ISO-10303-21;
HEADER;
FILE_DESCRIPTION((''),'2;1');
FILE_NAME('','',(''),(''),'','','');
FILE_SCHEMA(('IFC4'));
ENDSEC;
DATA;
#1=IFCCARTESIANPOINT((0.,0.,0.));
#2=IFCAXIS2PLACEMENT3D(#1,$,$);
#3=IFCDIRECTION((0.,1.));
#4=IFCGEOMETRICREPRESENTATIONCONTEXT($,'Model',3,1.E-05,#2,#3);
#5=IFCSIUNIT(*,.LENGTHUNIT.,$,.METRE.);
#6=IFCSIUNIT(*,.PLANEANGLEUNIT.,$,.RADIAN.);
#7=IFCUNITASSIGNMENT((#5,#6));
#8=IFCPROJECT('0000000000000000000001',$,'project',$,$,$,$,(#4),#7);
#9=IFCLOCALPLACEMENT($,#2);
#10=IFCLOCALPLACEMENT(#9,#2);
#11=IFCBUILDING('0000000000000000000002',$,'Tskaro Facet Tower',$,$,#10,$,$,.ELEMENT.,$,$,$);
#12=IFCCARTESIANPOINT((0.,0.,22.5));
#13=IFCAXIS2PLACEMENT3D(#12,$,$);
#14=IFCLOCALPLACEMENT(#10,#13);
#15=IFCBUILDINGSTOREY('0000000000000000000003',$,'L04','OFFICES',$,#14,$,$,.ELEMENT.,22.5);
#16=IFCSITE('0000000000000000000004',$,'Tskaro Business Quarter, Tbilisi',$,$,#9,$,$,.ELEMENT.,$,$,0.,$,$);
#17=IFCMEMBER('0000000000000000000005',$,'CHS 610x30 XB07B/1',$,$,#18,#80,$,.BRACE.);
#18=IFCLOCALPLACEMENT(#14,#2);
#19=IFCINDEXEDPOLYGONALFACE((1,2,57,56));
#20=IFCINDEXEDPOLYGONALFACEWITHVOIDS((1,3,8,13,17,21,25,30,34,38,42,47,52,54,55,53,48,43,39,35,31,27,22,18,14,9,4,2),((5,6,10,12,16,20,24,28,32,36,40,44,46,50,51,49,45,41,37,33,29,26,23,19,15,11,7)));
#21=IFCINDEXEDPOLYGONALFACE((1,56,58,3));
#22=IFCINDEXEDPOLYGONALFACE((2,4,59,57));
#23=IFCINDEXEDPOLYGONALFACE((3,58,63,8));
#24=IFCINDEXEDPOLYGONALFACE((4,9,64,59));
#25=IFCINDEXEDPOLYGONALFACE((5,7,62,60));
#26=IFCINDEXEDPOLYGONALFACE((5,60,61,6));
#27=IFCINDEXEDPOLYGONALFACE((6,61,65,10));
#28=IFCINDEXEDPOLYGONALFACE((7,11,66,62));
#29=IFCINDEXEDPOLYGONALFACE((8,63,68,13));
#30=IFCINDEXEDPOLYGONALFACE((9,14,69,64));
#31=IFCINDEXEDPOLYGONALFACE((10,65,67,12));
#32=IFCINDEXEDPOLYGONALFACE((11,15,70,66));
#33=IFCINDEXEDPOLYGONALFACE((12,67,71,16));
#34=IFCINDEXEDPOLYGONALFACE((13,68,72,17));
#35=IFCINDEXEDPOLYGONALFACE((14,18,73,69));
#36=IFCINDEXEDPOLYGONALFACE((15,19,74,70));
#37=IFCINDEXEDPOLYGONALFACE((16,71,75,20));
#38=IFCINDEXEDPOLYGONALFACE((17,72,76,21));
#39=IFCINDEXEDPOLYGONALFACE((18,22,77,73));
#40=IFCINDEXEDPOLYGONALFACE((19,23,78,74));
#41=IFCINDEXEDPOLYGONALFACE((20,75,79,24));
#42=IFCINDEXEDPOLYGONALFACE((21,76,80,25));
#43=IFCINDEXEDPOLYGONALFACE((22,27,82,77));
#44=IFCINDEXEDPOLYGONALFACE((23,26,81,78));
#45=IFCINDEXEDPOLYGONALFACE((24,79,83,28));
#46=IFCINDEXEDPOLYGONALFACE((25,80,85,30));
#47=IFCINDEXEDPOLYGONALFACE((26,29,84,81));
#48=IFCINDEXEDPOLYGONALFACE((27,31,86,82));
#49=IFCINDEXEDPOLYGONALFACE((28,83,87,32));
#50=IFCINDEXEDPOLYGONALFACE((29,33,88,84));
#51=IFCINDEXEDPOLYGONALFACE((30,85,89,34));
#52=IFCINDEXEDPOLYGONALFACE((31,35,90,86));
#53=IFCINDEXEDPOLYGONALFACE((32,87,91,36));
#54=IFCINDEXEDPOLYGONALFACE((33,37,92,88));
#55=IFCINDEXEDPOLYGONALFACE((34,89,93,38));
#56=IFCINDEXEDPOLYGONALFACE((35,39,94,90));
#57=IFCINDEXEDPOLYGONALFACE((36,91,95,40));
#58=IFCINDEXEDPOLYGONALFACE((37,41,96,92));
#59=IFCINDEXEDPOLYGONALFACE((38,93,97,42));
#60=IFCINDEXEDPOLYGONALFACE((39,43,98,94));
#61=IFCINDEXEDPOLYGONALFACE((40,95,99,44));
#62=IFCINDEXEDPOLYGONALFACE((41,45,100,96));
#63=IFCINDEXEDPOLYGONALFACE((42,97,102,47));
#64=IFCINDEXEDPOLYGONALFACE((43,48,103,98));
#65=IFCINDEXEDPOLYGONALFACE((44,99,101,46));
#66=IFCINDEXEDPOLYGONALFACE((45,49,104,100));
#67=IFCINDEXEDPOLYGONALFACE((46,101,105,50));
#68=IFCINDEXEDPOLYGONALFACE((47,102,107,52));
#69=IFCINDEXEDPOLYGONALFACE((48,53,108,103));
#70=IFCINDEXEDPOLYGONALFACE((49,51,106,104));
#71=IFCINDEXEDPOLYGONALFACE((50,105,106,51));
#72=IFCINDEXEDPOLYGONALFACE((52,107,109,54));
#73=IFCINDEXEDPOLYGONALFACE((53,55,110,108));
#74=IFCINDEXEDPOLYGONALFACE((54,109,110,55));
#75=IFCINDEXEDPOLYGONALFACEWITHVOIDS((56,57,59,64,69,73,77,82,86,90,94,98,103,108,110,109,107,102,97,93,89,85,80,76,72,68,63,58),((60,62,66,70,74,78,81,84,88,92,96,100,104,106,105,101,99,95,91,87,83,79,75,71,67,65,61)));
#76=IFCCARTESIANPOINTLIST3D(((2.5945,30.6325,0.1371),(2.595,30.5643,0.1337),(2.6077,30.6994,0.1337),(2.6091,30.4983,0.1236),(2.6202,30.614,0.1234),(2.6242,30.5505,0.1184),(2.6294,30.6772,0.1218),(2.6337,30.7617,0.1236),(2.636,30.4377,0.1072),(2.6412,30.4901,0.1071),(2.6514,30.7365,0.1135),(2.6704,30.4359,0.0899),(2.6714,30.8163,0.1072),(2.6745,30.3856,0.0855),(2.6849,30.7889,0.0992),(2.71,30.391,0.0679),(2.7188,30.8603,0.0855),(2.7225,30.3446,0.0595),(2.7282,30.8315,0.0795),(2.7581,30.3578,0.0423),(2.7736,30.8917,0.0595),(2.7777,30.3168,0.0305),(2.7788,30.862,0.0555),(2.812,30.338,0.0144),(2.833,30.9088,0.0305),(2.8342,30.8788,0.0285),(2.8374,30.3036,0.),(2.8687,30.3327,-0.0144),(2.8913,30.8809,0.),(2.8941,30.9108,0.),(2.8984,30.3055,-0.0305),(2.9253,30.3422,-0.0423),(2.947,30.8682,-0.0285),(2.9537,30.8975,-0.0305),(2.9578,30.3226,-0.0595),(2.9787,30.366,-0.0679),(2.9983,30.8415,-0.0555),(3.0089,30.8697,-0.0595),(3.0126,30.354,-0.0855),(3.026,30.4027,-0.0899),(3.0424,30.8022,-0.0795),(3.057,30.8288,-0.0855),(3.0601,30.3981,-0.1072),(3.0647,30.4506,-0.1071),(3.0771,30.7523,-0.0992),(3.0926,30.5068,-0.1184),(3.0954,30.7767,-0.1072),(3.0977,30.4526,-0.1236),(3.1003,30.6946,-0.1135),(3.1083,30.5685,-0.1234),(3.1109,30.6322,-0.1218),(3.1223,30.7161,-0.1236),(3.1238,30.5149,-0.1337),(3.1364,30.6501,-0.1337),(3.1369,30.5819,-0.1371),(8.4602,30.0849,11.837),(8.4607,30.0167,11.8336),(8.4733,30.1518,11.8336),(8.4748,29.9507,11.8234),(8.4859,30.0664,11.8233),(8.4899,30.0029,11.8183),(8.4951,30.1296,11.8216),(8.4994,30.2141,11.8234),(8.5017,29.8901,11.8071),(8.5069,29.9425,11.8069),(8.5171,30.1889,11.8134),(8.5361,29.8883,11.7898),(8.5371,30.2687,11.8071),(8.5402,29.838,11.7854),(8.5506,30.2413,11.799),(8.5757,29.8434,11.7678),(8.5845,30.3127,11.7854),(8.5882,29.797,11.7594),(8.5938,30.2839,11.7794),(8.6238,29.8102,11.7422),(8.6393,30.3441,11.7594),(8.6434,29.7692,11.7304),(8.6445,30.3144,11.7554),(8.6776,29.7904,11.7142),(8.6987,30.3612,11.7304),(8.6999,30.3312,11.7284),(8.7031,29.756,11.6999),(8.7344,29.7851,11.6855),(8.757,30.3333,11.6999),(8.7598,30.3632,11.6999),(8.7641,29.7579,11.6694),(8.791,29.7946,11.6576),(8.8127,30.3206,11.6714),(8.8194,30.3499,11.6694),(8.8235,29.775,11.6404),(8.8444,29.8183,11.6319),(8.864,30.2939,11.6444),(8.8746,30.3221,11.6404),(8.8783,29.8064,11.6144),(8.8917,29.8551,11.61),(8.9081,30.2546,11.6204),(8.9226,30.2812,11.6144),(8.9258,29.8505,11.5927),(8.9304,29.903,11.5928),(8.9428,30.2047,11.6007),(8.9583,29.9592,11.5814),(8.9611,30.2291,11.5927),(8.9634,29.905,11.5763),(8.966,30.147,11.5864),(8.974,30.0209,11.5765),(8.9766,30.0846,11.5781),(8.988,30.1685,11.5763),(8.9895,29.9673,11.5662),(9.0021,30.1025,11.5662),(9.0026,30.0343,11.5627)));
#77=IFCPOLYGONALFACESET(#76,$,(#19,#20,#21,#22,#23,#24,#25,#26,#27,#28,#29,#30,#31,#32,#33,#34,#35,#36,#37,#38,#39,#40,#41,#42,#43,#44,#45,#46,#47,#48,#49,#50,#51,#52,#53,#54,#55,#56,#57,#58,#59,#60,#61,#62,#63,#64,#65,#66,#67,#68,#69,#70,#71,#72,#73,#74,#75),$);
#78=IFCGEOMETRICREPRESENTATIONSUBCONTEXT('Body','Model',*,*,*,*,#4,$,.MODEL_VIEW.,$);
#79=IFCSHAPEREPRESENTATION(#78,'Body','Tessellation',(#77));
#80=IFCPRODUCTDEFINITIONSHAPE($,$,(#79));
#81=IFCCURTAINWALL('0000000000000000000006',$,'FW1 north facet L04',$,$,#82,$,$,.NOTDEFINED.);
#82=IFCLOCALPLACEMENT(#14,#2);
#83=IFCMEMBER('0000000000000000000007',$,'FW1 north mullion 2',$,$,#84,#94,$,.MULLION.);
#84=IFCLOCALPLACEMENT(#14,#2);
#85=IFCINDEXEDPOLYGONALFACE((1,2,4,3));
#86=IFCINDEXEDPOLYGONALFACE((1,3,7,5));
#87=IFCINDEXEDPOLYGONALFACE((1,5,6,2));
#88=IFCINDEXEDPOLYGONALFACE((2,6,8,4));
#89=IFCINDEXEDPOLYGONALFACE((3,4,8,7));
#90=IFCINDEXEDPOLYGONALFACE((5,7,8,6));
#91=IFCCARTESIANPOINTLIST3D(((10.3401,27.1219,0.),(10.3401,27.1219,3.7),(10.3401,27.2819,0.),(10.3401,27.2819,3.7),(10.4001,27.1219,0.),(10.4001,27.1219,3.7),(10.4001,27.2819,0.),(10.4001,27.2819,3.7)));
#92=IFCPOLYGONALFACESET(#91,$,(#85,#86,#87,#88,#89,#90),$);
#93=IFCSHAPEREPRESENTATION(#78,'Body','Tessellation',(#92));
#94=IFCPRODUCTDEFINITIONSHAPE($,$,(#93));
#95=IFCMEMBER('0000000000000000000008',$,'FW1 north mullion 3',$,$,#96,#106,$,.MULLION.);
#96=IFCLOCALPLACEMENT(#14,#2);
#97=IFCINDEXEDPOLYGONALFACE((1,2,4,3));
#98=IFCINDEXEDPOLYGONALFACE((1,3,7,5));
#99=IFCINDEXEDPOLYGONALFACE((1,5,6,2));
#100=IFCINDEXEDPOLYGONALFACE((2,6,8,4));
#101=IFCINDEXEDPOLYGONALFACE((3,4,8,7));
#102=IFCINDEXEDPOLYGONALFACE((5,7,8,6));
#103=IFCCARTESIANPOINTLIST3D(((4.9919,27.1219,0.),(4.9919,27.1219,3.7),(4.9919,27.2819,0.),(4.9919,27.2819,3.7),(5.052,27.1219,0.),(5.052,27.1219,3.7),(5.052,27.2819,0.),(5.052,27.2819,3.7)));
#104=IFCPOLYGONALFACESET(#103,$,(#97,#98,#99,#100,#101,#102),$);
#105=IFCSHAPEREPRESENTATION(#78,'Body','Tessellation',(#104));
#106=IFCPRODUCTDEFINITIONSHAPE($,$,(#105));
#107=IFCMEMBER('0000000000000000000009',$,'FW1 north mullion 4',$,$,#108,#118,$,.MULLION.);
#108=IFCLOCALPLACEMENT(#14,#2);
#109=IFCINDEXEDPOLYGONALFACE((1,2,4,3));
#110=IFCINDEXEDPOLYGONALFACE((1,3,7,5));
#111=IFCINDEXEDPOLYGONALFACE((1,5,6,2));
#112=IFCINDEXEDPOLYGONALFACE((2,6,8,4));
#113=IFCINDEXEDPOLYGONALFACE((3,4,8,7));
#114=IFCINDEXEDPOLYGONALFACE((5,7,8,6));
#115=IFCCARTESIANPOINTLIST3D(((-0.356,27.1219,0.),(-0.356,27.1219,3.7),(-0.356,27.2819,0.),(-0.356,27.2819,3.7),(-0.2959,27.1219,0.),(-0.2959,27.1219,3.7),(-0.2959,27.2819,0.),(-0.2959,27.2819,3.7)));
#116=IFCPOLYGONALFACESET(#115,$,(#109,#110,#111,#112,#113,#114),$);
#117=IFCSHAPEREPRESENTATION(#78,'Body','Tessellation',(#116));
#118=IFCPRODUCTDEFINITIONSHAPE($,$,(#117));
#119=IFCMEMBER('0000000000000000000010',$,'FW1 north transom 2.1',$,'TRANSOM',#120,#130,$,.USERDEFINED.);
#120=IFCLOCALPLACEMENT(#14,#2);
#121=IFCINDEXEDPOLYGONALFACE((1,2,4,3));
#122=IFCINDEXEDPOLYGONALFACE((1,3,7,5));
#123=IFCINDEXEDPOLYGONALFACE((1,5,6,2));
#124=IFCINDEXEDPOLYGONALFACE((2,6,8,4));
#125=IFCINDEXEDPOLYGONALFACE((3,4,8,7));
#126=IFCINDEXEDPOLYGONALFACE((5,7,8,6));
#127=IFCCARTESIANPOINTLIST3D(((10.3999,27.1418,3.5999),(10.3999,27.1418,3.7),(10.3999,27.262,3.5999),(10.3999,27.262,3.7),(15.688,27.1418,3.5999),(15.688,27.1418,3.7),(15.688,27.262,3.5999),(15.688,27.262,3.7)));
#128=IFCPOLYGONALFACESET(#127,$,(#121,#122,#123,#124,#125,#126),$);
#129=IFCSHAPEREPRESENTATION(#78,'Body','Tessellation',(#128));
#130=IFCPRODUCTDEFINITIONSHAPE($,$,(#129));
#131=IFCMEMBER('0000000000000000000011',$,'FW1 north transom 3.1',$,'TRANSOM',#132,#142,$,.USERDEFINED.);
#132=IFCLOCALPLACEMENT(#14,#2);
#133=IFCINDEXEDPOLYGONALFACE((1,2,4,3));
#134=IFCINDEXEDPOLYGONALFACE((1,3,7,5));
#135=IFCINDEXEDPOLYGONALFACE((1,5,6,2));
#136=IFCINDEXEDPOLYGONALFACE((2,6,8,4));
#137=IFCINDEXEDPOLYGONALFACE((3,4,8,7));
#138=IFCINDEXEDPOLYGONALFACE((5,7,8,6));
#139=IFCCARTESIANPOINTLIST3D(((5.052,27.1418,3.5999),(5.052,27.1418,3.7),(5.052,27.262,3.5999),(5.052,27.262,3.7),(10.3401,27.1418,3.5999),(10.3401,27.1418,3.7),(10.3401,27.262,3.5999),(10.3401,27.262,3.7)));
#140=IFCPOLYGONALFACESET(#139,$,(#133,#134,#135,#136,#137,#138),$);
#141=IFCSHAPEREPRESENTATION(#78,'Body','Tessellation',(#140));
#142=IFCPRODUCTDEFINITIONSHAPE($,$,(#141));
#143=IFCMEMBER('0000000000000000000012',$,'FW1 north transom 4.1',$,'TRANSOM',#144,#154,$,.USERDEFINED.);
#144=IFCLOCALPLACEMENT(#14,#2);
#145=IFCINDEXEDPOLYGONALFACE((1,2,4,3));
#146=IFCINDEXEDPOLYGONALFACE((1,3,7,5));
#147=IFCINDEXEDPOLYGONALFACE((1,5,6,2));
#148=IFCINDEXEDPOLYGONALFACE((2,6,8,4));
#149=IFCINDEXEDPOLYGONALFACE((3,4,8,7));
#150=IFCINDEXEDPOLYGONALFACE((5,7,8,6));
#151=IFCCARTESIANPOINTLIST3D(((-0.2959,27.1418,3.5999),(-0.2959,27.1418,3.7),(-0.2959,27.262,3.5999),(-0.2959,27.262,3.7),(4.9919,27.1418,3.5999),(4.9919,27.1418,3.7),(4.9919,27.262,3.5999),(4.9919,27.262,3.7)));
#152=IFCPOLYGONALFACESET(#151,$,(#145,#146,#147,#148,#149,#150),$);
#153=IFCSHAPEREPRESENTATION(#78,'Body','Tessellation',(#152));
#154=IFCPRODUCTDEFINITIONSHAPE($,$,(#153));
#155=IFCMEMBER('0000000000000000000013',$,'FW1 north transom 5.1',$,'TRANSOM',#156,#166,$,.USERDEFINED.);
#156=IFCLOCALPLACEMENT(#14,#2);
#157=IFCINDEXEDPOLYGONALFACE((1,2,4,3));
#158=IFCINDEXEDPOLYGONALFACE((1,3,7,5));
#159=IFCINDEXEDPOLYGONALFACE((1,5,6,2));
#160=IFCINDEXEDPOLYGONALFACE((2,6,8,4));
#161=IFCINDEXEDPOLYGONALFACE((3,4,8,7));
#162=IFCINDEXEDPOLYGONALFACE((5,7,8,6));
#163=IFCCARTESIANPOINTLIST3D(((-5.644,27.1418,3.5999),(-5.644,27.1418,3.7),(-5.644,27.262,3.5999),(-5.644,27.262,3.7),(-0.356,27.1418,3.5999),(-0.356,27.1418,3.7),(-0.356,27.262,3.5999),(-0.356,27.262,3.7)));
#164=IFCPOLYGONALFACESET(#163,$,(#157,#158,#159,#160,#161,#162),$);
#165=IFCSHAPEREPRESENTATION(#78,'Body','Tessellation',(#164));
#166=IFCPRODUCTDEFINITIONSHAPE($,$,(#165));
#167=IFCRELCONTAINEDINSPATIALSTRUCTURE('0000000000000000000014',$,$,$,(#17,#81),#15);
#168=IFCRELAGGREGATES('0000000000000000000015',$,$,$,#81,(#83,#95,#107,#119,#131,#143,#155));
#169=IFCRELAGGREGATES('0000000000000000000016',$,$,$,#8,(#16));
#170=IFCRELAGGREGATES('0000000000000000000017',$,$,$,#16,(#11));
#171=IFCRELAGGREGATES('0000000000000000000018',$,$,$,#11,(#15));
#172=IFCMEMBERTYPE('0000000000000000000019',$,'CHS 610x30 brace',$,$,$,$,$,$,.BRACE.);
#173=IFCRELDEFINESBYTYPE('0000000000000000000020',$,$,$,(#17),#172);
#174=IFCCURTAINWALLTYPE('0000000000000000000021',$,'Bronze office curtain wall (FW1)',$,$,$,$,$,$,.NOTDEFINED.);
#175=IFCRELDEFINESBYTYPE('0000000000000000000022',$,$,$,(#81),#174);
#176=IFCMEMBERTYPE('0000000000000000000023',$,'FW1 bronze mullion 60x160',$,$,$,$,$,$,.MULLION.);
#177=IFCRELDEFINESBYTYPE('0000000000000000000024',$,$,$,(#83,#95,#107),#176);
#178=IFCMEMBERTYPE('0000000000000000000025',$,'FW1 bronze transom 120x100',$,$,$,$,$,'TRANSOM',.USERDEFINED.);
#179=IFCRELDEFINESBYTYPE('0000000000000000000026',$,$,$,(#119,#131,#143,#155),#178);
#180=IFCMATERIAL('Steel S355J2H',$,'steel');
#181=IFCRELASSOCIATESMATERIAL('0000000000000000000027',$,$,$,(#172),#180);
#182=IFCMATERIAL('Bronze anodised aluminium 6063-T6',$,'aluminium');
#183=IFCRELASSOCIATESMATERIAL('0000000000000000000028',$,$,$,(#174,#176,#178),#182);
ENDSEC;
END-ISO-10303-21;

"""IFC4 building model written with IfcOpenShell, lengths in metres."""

from ifc_helpers import new_model, si_unit, direction, frame, origin, origin_2d, place, context, subcontext, project, spatial, rectangle, hollow_circle, extrude, material, material_profile, profile_set, type_object, element, aggregate, save


model = new_model("IFC4")

# Units and contexts
model_context = context("Model", 3, precision=1e-05, world=origin(), true_north=direction((0.0, 1.0)))
body_context = subcontext(model_context, "Body", "Model", "MODEL_VIEW")
ifc_project = project(units=[si_unit("LENGTHUNIT", "METRE"), si_unit("PLANEANGLEUNIT", "RADIAN")], contexts=[model_context])

# Site, building, storey
site_placement = place(None, origin())
site = spatial("IfcSite", under=ifc_project, at=site_placement, Name="Tskaro Business Quarter, Tbilisi", CompositionType="ELEMENT", RefElevation=0.0)
building_placement = place(site_placement, origin())
building = spatial("IfcBuilding", under=site, at=building_placement, Name="Tskaro Facet Tower", CompositionType="ELEMENT")
storey_placement = place(building_placement, frame((0.0, 0.0, 22.5)))
storey = spatial("IfcBuildingStorey", under=building, at=storey_placement, Name="L04", Description="OFFICES", CompositionType="ELEMENT", Elevation=22.5)

# Shared definitions
ifc_material_1 = material(Name="Steel S355J2H", Category="steel")

# Member
ifc_material_profile_1 = material_profile(ifc_material_1, hollow_circle(Radius=0.3049, WallThickness=0.03, at=origin_2d()), Name="CHS 610x30")
ifc_profile_set_1 = profile_set([ifc_material_profile_1], Name="Steel S355J2H")
member_type_1 = type_object("IfcMemberType", Name="CHS 610x30 brace", PredefinedType="BRACE", material=ifc_profile_set_1)
member_1_placement = place(storey_placement, frame((2.8657, 30.6072, 0.0), z_axis=(0.447784, -0.041804, 0.893164), x_axis=(0.092953, 0.99567, 0.0)))
element("IfcMember", 1, at=member_1_placement, inside=storey, type_object=member_type_1, Name="CHS 610x30 XB07B/1", PredefinedType="BRACE", context=body_context, shape_type="SweptSolid", body=[
    extrude(hollow_circle(Radius=0.3049, WallThickness=0.03, at=origin_2d()), origin(), (0.0, 0.0, 1.0), 13.0994),
])

# Curtain wall, members
ifc_material_2 = material(Name="Bronze anodised aluminium 6063-T6", Category="aluminium")
curtain_wall_type = type_object("IfcCurtainWallType", Name="Bronze office curtain wall (FW1)", PredefinedType="NOTDEFINED", material=ifc_material_2)
curtain_wall_placement = place(storey_placement, origin())
curtain_wall = element("IfcCurtainWall", 2, at=curtain_wall_placement, inside=storey, type_object=curtain_wall_type, Name="FW1 north facet L04", PredefinedType="NOTDEFINED")
ifc_material_profile_2 = material_profile(ifc_material_2, rectangle(XDim=0.0601, YDim=0.1599, at=origin_2d()), Name="Mullion 60x160")
ifc_profile_set_2 = profile_set([ifc_material_profile_2], Name="Bronze anodised aluminium 6063-T6")
member_type_2 = type_object("IfcMemberType", Name="FW1 bronze mullion 60x160", PredefinedType="MULLION", material=ifc_profile_set_2)
member_2_placement = place(storey_placement, frame((10.3701, 27.2019, 0.0), z_axis=(0.0, 0.0, 1.0), x_axis=(-1.0, 0.0, 0.0)))
member_2 = element("IfcMember", 3, at=member_2_placement, type_object=member_type_2, Name="FW1 north mullion 2", PredefinedType="MULLION", context=body_context, shape_type="SweptSolid", body=[
    extrude(rectangle(XDim=0.0601, YDim=0.1599, at=origin_2d()), origin(), (0.0, 0.0, 1.0), 3.7),
])
member_3_placement = place(storey_placement, frame((5.022, 27.2019, 0.0), z_axis=(0.0, 0.0, 1.0), x_axis=(-1.0, 0.0, 0.0)))
member_3 = element("IfcMember", 4, at=member_3_placement, type_object=member_type_2, Name="FW1 north mullion 3", PredefinedType="MULLION", context=body_context, shape_type="SweptSolid", body=[
    extrude(rectangle(XDim=0.0601, YDim=0.1599, at=origin_2d()), origin(), (0.0, 0.0, 1.0), 3.7),
])
member_4_placement = place(storey_placement, frame((-0.3259, 27.2019, 0.0), z_axis=(0.0, 0.0, 1.0), x_axis=(-1.0, 0.0, 0.0)))
member_4 = element("IfcMember", 5, at=member_4_placement, type_object=member_type_2, Name="FW1 north mullion 4", PredefinedType="MULLION", context=body_context, shape_type="SweptSolid", body=[
    extrude(rectangle(XDim=0.0601, YDim=0.1599, at=origin_2d()), origin(), (0.0, 0.0, 1.0), 3.7),
])
ifc_material_profile_3 = material_profile(ifc_material_2, rectangle(XDim=0.1201, YDim=0.1001, at=origin_2d()), Name="Transom 120x100")
ifc_profile_set_3 = profile_set([ifc_material_profile_3], Name="Bronze anodised aluminium 6063-T6")
member_type_3 = type_object("IfcMemberType", Name="FW1 bronze transom 120x100", ElementType="TRANSOM", PredefinedType="USERDEFINED", material=ifc_profile_set_3)
member_5_placement = place(storey_placement, frame((15.688, 27.2019, 3.6499), z_axis=(-1.0, 0.0, 0.0), x_axis=(0.0, -1.0, 0.0)))
member_5 = element("IfcMember", 6, at=member_5_placement, type_object=member_type_3, Name="FW1 north transom 2.1", ObjectType="TRANSOM", PredefinedType="USERDEFINED", context=body_context, shape_type="SweptSolid", body=[
    extrude(rectangle(XDim=0.1201, YDim=0.1001, at=origin_2d()), origin(), (0.0, 0.0, 1.0), 5.2881),
])
member_6_placement = place(storey_placement, frame((10.3401, 27.2019, 3.6499), z_axis=(-1.0, 0.0, 0.0), x_axis=(0.0, -1.0, 0.0)))
member_6 = element("IfcMember", 7, at=member_6_placement, type_object=member_type_3, Name="FW1 north transom 3.1", ObjectType="TRANSOM", PredefinedType="USERDEFINED", context=body_context, shape_type="SweptSolid", body=[
    extrude(rectangle(XDim=0.1201, YDim=0.1001, at=origin_2d()), origin(), (0.0, 0.0, 1.0), 5.2881),
])
member_7_placement = place(storey_placement, frame((4.9919, 27.2019, 3.6499), z_axis=(-1.0, 0.0, 0.0), x_axis=(0.0, -1.0, 0.0)))
member_7 = element("IfcMember", 8, at=member_7_placement, type_object=member_type_3, Name="FW1 north transom 4.1", ObjectType="TRANSOM", PredefinedType="USERDEFINED", context=body_context, shape_type="SweptSolid", body=[
    extrude(rectangle(XDim=0.1201, YDim=0.1001, at=origin_2d()), origin(), (0.0, 0.0, 1.0), 5.2878),
])
member_8_placement = place(storey_placement, frame((-0.356, 27.2019, 3.6499), z_axis=(-1.0, 0.0, 0.0), x_axis=(0.0, -1.0, 0.0)))
member_8 = element("IfcMember", 9, at=member_8_placement, type_object=member_type_3, Name="FW1 north transom 5.1", ObjectType="TRANSOM", PredefinedType="USERDEFINED", context=body_context, shape_type="SweptSolid", body=[
    extrude(rectangle(XDim=0.1201, YDim=0.1001, at=origin_2d()), origin(), (0.0, 0.0, 1.0), 5.2881),
])

aggregate(curtain_wall, [member_2, member_3, member_4, member_5, member_6, member_7, member_8])

save(model, "model.ifc")
